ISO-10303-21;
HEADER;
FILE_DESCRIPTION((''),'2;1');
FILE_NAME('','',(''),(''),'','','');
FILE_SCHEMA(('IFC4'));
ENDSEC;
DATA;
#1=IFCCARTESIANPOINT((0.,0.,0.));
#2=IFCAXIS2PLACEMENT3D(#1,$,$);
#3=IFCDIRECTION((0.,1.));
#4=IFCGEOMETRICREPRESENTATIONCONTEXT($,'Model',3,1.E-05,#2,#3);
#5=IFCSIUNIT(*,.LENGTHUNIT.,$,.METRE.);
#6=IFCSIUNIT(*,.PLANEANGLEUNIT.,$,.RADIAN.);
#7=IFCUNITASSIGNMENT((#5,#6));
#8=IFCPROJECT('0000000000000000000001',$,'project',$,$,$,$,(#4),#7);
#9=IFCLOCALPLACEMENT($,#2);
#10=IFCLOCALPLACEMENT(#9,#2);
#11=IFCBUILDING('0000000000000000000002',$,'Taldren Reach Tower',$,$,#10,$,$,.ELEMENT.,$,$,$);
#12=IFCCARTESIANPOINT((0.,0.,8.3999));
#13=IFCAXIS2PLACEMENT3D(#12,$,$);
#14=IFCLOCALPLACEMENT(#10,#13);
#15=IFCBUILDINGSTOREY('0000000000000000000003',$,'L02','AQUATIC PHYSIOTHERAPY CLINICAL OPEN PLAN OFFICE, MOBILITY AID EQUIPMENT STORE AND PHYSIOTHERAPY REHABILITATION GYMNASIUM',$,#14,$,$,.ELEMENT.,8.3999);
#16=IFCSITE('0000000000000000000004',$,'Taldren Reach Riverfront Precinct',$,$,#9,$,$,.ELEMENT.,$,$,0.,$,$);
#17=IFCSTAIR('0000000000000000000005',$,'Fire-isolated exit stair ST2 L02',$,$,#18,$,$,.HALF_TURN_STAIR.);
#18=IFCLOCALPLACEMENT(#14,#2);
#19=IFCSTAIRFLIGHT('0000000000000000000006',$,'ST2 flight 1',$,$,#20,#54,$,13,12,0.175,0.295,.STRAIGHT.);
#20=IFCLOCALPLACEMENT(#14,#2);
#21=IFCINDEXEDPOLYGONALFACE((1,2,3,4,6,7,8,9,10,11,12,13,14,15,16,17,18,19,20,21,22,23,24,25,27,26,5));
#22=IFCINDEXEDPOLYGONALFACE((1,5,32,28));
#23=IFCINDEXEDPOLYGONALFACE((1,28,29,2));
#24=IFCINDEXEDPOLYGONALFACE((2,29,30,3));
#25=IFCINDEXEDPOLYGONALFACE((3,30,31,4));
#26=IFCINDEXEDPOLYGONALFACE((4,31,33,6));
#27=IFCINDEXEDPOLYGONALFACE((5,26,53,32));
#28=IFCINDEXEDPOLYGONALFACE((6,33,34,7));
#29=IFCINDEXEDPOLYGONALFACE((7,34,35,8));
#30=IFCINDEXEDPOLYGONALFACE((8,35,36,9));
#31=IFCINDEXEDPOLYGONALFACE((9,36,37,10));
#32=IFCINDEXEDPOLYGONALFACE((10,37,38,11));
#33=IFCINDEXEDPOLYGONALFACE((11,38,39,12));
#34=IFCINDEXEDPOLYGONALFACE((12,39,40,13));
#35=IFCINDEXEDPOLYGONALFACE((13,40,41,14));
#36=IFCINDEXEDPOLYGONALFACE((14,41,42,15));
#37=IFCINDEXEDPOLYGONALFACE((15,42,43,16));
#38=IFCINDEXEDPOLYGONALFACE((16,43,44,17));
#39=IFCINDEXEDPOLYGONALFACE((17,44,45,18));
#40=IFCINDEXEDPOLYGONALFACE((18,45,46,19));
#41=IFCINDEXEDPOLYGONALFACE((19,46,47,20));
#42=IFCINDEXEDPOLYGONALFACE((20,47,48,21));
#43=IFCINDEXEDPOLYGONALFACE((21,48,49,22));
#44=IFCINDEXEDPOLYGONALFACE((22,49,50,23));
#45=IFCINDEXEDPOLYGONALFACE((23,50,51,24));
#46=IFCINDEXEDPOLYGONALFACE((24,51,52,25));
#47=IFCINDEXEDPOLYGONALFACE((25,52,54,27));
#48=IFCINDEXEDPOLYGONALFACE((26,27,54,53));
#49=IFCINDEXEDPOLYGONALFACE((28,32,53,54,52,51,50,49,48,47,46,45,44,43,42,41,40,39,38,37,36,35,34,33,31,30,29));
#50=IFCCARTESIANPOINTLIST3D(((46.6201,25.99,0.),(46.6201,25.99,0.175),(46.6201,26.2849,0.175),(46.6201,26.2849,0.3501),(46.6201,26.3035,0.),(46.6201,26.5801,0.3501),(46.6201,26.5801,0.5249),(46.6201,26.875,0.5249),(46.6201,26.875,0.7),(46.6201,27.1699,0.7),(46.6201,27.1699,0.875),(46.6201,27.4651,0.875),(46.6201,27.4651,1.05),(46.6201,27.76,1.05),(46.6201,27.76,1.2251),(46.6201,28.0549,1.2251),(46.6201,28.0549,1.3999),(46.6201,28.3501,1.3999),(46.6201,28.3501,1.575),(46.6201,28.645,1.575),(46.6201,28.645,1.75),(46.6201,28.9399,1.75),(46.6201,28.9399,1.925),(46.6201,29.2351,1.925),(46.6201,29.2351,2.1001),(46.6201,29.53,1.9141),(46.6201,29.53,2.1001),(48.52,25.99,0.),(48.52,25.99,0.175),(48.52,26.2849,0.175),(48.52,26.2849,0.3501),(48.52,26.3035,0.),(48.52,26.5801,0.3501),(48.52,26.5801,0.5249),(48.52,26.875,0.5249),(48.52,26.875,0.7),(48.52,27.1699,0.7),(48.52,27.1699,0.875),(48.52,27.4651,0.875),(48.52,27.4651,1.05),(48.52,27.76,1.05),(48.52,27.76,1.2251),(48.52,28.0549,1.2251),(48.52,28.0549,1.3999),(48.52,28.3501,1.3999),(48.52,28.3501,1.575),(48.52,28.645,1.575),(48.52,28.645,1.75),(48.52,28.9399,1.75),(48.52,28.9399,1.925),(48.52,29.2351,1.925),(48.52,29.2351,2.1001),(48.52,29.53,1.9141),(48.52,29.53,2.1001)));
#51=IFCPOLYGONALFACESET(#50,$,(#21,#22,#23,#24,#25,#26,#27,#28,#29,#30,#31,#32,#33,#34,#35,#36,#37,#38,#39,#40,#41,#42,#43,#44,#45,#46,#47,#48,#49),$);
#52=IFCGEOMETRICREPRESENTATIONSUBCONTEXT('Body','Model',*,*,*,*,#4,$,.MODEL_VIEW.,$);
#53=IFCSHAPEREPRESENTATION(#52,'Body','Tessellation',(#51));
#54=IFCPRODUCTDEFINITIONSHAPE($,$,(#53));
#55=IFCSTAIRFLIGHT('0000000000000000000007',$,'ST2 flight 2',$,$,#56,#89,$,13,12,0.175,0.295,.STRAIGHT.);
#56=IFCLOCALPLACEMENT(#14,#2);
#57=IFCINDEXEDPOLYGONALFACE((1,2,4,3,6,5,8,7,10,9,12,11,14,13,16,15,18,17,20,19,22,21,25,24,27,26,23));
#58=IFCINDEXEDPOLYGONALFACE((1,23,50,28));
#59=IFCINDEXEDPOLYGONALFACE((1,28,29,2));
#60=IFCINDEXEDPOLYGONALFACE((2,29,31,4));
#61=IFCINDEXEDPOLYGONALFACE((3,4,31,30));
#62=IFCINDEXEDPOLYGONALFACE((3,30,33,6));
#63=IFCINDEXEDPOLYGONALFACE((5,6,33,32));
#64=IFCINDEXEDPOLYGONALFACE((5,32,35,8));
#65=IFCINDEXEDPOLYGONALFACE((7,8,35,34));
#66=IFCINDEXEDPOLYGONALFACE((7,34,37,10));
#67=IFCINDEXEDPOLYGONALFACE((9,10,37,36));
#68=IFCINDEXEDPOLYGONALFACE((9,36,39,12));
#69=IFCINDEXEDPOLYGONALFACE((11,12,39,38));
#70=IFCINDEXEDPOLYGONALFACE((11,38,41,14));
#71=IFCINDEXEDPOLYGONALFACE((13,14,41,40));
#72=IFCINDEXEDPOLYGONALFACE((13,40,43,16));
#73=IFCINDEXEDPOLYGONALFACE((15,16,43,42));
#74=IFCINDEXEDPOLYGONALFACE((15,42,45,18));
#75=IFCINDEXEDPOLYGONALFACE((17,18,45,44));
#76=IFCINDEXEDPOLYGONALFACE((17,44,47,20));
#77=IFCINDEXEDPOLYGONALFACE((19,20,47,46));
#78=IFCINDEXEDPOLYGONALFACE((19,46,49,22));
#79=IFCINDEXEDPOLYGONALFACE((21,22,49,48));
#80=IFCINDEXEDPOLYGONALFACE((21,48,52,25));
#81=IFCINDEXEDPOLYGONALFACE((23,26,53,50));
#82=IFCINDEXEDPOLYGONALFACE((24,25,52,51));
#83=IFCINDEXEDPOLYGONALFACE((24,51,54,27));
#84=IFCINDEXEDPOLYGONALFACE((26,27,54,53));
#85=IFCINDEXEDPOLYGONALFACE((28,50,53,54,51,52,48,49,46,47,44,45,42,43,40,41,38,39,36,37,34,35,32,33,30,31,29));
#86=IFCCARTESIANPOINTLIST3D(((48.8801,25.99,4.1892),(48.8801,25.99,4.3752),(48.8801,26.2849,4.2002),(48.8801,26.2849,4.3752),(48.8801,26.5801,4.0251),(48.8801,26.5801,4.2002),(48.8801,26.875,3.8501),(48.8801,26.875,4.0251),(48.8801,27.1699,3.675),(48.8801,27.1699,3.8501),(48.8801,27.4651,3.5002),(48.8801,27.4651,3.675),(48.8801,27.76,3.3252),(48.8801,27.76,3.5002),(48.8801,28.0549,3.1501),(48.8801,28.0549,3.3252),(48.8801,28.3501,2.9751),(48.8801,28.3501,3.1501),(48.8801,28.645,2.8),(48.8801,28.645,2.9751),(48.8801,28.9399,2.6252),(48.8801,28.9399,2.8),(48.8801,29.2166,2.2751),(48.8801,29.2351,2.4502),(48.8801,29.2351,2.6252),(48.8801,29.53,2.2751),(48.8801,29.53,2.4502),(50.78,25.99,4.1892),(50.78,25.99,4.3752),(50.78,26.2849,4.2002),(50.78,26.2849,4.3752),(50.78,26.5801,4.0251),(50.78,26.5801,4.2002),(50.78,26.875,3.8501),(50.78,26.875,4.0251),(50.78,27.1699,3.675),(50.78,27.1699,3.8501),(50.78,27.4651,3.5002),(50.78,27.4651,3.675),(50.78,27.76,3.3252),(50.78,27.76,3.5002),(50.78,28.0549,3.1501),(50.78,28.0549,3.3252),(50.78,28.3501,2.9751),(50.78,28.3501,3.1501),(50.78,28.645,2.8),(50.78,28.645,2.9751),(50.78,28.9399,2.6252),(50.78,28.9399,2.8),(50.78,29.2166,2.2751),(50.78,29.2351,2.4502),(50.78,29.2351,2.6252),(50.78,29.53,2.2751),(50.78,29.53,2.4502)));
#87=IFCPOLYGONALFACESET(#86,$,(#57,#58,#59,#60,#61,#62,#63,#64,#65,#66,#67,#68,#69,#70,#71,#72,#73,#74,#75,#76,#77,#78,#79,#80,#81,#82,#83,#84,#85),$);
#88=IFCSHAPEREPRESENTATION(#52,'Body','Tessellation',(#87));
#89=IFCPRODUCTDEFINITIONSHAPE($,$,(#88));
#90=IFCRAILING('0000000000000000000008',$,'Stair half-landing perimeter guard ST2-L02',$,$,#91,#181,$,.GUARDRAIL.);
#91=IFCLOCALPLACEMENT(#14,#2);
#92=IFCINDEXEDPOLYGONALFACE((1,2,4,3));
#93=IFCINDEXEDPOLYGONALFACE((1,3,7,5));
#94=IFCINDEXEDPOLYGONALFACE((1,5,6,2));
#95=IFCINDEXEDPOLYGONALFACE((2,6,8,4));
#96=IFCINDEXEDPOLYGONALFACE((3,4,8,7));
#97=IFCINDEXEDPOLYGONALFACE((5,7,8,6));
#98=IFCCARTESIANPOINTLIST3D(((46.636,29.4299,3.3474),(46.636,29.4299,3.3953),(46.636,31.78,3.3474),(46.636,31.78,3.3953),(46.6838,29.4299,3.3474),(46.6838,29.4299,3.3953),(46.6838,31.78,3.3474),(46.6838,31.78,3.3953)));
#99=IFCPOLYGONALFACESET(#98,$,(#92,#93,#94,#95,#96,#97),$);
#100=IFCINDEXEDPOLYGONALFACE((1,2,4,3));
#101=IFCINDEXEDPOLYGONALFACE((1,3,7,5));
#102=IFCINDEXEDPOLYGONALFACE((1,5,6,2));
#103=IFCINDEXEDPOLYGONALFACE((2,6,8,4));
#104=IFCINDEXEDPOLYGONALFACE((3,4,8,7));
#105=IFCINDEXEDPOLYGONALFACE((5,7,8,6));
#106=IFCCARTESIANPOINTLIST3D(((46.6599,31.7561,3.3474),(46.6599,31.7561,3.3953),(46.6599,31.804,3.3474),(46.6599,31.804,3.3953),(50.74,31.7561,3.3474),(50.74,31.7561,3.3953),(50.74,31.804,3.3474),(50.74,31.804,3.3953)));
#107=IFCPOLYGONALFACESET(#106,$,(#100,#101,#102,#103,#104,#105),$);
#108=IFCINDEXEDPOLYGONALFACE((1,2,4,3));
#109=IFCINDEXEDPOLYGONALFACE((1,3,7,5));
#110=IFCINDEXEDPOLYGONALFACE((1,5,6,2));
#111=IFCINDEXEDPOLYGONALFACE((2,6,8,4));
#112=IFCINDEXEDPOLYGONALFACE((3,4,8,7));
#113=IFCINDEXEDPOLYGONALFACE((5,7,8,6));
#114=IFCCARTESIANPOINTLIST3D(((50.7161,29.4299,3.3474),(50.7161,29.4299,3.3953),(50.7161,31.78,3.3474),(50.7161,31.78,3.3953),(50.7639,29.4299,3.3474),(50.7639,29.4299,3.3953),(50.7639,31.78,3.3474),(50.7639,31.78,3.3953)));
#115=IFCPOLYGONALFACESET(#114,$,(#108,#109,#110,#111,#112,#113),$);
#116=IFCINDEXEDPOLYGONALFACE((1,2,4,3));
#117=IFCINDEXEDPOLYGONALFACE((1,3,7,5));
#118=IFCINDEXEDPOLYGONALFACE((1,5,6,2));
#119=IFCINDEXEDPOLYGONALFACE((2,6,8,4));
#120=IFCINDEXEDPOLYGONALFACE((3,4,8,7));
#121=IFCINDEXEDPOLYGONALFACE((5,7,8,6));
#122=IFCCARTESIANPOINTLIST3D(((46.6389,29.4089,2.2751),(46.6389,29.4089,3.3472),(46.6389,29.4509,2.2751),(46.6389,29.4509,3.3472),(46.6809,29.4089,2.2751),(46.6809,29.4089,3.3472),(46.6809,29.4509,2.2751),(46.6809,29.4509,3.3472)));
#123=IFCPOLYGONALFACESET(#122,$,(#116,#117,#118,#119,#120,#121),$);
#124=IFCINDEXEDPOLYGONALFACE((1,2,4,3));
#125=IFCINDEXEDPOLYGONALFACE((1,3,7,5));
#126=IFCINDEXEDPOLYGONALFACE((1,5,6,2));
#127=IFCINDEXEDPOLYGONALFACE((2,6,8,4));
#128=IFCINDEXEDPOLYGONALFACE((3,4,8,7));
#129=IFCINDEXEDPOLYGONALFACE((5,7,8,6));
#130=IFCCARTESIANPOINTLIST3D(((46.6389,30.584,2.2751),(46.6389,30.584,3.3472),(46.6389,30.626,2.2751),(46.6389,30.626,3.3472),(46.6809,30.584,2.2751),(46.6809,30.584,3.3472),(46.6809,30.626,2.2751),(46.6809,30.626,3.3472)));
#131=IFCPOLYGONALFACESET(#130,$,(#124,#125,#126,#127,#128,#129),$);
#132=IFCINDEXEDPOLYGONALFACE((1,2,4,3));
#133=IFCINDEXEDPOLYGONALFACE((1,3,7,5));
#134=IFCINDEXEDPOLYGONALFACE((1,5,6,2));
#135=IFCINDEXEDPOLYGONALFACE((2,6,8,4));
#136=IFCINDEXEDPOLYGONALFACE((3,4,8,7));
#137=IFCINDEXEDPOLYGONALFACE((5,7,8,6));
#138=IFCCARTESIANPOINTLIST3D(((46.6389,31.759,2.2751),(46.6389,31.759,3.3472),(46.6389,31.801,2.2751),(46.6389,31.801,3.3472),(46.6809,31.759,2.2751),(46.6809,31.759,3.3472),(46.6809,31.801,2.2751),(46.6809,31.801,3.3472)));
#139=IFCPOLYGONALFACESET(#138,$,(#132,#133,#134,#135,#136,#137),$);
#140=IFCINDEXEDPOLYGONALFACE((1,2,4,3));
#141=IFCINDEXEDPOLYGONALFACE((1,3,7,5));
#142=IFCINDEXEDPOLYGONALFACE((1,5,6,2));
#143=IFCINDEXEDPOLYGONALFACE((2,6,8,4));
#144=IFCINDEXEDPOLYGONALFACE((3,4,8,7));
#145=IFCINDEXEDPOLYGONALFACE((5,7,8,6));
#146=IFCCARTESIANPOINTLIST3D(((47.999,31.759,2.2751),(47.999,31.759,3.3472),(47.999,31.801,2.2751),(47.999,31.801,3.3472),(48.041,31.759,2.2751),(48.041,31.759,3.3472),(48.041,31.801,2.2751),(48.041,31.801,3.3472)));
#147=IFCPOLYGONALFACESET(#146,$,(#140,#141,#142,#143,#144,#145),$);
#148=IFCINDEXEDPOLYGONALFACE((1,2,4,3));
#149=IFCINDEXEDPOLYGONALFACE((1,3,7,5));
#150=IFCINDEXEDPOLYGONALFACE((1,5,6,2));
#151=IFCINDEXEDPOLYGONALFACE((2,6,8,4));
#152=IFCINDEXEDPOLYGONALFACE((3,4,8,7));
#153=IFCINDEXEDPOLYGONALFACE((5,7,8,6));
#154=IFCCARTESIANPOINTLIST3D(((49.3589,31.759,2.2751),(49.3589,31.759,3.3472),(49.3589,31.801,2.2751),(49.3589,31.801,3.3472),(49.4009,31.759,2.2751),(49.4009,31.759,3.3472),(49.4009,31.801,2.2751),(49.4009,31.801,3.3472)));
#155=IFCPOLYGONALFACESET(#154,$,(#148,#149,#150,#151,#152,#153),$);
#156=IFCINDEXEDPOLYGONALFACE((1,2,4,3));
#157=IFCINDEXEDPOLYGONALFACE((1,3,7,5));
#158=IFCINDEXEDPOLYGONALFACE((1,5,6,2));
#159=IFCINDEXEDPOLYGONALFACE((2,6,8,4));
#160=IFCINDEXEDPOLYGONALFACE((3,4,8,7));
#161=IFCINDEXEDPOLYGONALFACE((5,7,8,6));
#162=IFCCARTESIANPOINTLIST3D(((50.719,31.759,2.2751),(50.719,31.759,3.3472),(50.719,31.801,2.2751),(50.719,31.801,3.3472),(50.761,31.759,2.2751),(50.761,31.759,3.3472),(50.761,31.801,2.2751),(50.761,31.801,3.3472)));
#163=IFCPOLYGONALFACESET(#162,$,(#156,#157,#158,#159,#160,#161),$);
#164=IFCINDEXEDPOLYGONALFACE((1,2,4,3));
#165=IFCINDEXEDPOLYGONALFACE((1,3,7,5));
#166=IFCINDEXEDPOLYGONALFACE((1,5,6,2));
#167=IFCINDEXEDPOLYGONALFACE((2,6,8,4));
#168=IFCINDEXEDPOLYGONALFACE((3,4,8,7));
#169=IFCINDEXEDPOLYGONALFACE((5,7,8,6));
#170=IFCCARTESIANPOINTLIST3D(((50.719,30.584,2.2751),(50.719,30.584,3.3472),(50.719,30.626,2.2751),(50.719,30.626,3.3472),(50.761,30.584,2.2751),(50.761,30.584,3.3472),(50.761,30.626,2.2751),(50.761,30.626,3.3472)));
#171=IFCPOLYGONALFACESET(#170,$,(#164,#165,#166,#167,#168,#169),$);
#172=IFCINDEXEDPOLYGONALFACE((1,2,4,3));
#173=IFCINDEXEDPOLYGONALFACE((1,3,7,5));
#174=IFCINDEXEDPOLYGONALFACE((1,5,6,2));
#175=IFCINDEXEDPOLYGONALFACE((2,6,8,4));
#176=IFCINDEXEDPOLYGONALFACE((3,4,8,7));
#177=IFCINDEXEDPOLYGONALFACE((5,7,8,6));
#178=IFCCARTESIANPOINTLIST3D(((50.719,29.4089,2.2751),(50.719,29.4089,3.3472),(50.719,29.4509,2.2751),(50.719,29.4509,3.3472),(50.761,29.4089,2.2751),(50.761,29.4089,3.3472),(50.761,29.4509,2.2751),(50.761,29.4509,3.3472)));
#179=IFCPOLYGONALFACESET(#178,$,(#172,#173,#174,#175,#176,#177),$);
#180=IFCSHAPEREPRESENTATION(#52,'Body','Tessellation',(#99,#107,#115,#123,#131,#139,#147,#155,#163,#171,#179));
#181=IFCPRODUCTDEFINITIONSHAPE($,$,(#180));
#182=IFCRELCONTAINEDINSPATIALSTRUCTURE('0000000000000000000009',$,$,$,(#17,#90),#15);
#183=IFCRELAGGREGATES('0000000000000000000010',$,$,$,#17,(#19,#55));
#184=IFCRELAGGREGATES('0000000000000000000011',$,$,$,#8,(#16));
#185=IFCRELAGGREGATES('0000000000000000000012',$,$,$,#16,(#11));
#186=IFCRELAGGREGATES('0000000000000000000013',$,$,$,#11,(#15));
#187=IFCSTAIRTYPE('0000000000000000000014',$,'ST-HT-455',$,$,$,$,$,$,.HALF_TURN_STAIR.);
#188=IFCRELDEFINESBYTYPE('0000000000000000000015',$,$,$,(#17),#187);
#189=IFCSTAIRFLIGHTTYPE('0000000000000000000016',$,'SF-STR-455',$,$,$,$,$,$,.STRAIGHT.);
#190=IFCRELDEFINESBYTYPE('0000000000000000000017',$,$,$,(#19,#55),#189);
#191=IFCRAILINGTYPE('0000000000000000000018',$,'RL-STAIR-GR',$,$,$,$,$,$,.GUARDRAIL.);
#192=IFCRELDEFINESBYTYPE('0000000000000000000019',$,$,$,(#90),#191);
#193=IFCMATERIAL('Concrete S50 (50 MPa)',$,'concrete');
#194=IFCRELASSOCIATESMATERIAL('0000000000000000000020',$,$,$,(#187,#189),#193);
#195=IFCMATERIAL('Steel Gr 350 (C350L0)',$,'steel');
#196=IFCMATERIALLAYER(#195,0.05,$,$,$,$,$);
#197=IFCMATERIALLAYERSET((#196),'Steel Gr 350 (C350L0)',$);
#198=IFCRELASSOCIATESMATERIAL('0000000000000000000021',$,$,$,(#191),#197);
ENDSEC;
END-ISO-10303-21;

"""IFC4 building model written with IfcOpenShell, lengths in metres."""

from ifc_helpers import new_model, si_unit, direction, frame, origin, origin_2d, place, context, subcontext, project, spatial, polyline, rectangle, outline, extrude, material, layer, layer_set, type_object, element, aggregate, save


model = new_model("IFC4")

# Units and contexts
model_context = context("Model", 3, precision=1e-05, world=origin(), true_north=direction((0.0, 1.0)))
body_context = subcontext(model_context, "Body", "Model", "MODEL_VIEW")
ifc_project = project(units=[si_unit("LENGTHUNIT", "METRE"), si_unit("PLANEANGLEUNIT", "RADIAN")], contexts=[model_context])

# Site, building, storey
site_placement = place(None, origin())
site = spatial("IfcSite", under=ifc_project, at=site_placement, Name="Taldren Reach Riverfront Precinct", CompositionType="ELEMENT", RefElevation=0.0)
building_placement = place(site_placement, origin())
building = spatial("IfcBuilding", under=site, at=building_placement, Name="Taldren Reach Tower", CompositionType="ELEMENT")
storey_placement = place(building_placement, frame((0.0, 0.0, 8.3999)))
storey = spatial("IfcBuildingStorey", under=building, at=storey_placement, Name="L02", Description="AQUATIC PHYSIOTHERAPY CLINICAL OPEN PLAN OFFICE, MOBILITY AID EQUIPMENT STORE AND PHYSIOTHERAPY REHABILITATION GYMNASIUM", CompositionType="ELEMENT", Elevation=8.3999)

# Shared definitions
ifc_material_1 = material(Name="Steel Gr 350 (C350L0)", Category="steel")

# Stair, stair flights
ifc_material_2 = material(Name="Concrete S50 (50 MPa)", Category="concrete")
stair_type = type_object("IfcStairType", Name="ST-HT-455", PredefinedType="HALF_TURN_STAIR", material=ifc_material_2)
stair_placement = place(storey_placement, origin())
stair = element("IfcStair", 1, at=stair_placement, inside=storey, type_object=stair_type, Name="Fire-isolated exit stair ST2 L02", PredefinedType="HALF_TURN_STAIR")
stair_flight_type = type_object("IfcStairFlightType", Name="SF-STR-455", PredefinedType="STRAIGHT", material=ifc_material_2)
stair_flight_1_placement = place(storey_placement, frame((47.5701, 25.99, 0.0), z_axis=(0.0, 0.0, 1.0), x_axis=(0.0, 1.0, 0.0)))
stair_flight_1 = element("IfcStairFlight", 2, at=stair_flight_1_placement, type_object=stair_flight_type, Name="ST2 flight 1", NumberOfRisers=13, NumberOfTreads=12, PredefinedType="STRAIGHT", RiserHeight=0.175, TreadLength=0.295, context=body_context, shape_type="SweptSolid", body=[
    extrude(outline(polyline([(0.0, 0.0), (0.0, 0.175), (0.2949, 0.175), (0.2949, 0.3501), (0.5901, 0.3501), (0.5901, 0.5249), (0.885, 0.5249), (0.885, 0.7), (1.1799, 0.7), (1.1799, 0.875), (1.4751, 0.875), (1.4751, 1.05), (1.77, 1.05), (1.77, 1.2251), (2.0649, 1.2251), (2.0649, 1.3999), (2.3601, 1.3999), (2.3601, 1.575), (2.655, 1.575), (2.655, 1.75), (2.95, 1.75), (2.95, 1.925), (3.2451, 1.925), (3.2451, 2.1001), (3.54, 2.1001), (3.54, 2.2749), (3.54, 1.9141), (0.3135, 0.0), (0.0, 0.0)])), frame((0.0, 0.95, 0.0), z_axis=(0.0, -1.0, 0.0), x_axis=(1.0, 0.0, 0.0)), (0.0, 0.0, 1.0), 1.8999),
])
stair_flight_2_placement = place(storey_placement, frame((49.8301, 29.53, 2.2751), z_axis=(0.0, 0.0, 1.0), x_axis=(0.0, -1.0, 0.0)))
stair_flight_2 = element("IfcStairFlight", 3, at=stair_flight_2_placement, type_object=stair_flight_type, Name="ST2 flight 2", NumberOfRisers=13, NumberOfTreads=12, PredefinedType="STRAIGHT", RiserHeight=0.175, TreadLength=0.295, context=body_context, shape_type="SweptSolid", body=[
    extrude(outline(polyline([(0.0, 0.0), (0.0, 0.175), (0.2949, 0.175), (0.2949, 0.3501), (0.5901, 0.3501), (0.5901, 0.5249), (0.885, 0.5249), (0.885, 0.7), (1.1799, 0.7), (1.1799, 0.875), (1.4751, 0.875), (1.4751, 1.05), (1.77, 1.05), (1.77, 1.2251), (2.0649, 1.2251), (2.0649, 1.3999), (2.3601, 1.3999), (2.3601, 1.575), (2.655, 1.575), (2.655, 1.75), (2.95, 1.75), (2.95, 1.925), (3.2451, 1.925), (3.2451, 2.1001), (3.54, 2.1001), (3.54, 2.2749), (3.54, 1.9141), (0.3135, 0.0), (0.0, 0.0)])), frame((0.0, 0.95, 0.0), z_axis=(0.0, -1.0, 0.0), x_axis=(1.0, 0.0, 0.0)), (0.0, 0.0, 1.0), 1.8999),
])
aggregate(stair, [stair_flight_1, stair_flight_2])

# Railing
ifc_layer_1 = layer(ifc_material_1, 0.05)
ifc_layer_set_1 = layer_set([ifc_layer_1], Name="Steel Gr 350 (C350L0)")
railing_type_1 = type_object("IfcRailingType", Name="RL-STAIR-GR", PredefinedType="GUARDRAIL", material=ifc_layer_set_1)
railing_1_placement = place(storey_placement, frame((46.6599, 29.4299, 2.2751)))
element("IfcRailing", 4, at=railing_1_placement, inside=storey, type_object=railing_type_1, Name="Stair half-landing perimeter guard ST2-L02", PredefinedType="GUARDRAIL", context=body_context, shape_type="SweptSolid", body=[
    extrude(rectangle(XDim=0.0479, YDim=0.0479, at=origin_2d()), frame((0.0, 0.0, 1.0962), z_axis=(0.0, 1.0, 0.0), x_axis=(-1.0, 0.0, 0.0)), (0.0, 0.0, 1.0), 2.3501),
    extrude(rectangle(XDim=0.0479, YDim=0.0479, at=origin_2d()), frame((0.0, 2.3501, 1.0962), z_axis=(1.0, 0.0, 0.0), x_axis=(0.0, 1.0, 0.0)), (0.0, 0.0, 1.0), 4.0801),
    extrude(rectangle(XDim=0.0479, YDim=0.0479, at=origin_2d()), frame((4.0801, 2.3501, 1.0962), z_axis=(0.0, -1.0, 0.0), x_axis=(1.0, 0.0, 0.0)), (0.0, 0.0, 1.0), 2.3501),
    extrude(rectangle(XDim=0.042, YDim=0.042, at=origin_2d()), origin(), (0.0, 0.0, 1.0), 1.072),
    extrude(rectangle(XDim=0.042, YDim=0.042, at=origin_2d()), frame((0.0, 1.175, 0.0)), (0.0, 0.0, 1.0), 1.072),
    extrude(rectangle(XDim=0.042, YDim=0.042, at=origin_2d()), frame((0.0, 2.3501, 0.0)), (0.0, 0.0, 1.0), 1.072),
    extrude(rectangle(XDim=0.042, YDim=0.042, at=origin_2d()), frame((1.3601, 2.3501, 0.0)), (0.0, 0.0, 1.0), 1.072),
    extrude(rectangle(XDim=0.042, YDim=0.042, at=origin_2d()), frame((2.72, 2.3501, 0.0)), (0.0, 0.0, 1.0), 1.072),
    extrude(rectangle(XDim=0.042, YDim=0.042, at=origin_2d()), frame((4.0801, 2.3501, 0.0)), (0.0, 0.0, 1.0), 1.072),
    extrude(rectangle(XDim=0.042, YDim=0.042, at=origin_2d()), frame((4.0801, 1.175, 0.0)), (0.0, 0.0, 1.0), 1.072),
    extrude(rectangle(XDim=0.042, YDim=0.042, at=origin_2d()), frame((4.0801, 0.0, 0.0)), (0.0, 0.0, 1.0), 1.072),
])

save(model, "model.ifc")
